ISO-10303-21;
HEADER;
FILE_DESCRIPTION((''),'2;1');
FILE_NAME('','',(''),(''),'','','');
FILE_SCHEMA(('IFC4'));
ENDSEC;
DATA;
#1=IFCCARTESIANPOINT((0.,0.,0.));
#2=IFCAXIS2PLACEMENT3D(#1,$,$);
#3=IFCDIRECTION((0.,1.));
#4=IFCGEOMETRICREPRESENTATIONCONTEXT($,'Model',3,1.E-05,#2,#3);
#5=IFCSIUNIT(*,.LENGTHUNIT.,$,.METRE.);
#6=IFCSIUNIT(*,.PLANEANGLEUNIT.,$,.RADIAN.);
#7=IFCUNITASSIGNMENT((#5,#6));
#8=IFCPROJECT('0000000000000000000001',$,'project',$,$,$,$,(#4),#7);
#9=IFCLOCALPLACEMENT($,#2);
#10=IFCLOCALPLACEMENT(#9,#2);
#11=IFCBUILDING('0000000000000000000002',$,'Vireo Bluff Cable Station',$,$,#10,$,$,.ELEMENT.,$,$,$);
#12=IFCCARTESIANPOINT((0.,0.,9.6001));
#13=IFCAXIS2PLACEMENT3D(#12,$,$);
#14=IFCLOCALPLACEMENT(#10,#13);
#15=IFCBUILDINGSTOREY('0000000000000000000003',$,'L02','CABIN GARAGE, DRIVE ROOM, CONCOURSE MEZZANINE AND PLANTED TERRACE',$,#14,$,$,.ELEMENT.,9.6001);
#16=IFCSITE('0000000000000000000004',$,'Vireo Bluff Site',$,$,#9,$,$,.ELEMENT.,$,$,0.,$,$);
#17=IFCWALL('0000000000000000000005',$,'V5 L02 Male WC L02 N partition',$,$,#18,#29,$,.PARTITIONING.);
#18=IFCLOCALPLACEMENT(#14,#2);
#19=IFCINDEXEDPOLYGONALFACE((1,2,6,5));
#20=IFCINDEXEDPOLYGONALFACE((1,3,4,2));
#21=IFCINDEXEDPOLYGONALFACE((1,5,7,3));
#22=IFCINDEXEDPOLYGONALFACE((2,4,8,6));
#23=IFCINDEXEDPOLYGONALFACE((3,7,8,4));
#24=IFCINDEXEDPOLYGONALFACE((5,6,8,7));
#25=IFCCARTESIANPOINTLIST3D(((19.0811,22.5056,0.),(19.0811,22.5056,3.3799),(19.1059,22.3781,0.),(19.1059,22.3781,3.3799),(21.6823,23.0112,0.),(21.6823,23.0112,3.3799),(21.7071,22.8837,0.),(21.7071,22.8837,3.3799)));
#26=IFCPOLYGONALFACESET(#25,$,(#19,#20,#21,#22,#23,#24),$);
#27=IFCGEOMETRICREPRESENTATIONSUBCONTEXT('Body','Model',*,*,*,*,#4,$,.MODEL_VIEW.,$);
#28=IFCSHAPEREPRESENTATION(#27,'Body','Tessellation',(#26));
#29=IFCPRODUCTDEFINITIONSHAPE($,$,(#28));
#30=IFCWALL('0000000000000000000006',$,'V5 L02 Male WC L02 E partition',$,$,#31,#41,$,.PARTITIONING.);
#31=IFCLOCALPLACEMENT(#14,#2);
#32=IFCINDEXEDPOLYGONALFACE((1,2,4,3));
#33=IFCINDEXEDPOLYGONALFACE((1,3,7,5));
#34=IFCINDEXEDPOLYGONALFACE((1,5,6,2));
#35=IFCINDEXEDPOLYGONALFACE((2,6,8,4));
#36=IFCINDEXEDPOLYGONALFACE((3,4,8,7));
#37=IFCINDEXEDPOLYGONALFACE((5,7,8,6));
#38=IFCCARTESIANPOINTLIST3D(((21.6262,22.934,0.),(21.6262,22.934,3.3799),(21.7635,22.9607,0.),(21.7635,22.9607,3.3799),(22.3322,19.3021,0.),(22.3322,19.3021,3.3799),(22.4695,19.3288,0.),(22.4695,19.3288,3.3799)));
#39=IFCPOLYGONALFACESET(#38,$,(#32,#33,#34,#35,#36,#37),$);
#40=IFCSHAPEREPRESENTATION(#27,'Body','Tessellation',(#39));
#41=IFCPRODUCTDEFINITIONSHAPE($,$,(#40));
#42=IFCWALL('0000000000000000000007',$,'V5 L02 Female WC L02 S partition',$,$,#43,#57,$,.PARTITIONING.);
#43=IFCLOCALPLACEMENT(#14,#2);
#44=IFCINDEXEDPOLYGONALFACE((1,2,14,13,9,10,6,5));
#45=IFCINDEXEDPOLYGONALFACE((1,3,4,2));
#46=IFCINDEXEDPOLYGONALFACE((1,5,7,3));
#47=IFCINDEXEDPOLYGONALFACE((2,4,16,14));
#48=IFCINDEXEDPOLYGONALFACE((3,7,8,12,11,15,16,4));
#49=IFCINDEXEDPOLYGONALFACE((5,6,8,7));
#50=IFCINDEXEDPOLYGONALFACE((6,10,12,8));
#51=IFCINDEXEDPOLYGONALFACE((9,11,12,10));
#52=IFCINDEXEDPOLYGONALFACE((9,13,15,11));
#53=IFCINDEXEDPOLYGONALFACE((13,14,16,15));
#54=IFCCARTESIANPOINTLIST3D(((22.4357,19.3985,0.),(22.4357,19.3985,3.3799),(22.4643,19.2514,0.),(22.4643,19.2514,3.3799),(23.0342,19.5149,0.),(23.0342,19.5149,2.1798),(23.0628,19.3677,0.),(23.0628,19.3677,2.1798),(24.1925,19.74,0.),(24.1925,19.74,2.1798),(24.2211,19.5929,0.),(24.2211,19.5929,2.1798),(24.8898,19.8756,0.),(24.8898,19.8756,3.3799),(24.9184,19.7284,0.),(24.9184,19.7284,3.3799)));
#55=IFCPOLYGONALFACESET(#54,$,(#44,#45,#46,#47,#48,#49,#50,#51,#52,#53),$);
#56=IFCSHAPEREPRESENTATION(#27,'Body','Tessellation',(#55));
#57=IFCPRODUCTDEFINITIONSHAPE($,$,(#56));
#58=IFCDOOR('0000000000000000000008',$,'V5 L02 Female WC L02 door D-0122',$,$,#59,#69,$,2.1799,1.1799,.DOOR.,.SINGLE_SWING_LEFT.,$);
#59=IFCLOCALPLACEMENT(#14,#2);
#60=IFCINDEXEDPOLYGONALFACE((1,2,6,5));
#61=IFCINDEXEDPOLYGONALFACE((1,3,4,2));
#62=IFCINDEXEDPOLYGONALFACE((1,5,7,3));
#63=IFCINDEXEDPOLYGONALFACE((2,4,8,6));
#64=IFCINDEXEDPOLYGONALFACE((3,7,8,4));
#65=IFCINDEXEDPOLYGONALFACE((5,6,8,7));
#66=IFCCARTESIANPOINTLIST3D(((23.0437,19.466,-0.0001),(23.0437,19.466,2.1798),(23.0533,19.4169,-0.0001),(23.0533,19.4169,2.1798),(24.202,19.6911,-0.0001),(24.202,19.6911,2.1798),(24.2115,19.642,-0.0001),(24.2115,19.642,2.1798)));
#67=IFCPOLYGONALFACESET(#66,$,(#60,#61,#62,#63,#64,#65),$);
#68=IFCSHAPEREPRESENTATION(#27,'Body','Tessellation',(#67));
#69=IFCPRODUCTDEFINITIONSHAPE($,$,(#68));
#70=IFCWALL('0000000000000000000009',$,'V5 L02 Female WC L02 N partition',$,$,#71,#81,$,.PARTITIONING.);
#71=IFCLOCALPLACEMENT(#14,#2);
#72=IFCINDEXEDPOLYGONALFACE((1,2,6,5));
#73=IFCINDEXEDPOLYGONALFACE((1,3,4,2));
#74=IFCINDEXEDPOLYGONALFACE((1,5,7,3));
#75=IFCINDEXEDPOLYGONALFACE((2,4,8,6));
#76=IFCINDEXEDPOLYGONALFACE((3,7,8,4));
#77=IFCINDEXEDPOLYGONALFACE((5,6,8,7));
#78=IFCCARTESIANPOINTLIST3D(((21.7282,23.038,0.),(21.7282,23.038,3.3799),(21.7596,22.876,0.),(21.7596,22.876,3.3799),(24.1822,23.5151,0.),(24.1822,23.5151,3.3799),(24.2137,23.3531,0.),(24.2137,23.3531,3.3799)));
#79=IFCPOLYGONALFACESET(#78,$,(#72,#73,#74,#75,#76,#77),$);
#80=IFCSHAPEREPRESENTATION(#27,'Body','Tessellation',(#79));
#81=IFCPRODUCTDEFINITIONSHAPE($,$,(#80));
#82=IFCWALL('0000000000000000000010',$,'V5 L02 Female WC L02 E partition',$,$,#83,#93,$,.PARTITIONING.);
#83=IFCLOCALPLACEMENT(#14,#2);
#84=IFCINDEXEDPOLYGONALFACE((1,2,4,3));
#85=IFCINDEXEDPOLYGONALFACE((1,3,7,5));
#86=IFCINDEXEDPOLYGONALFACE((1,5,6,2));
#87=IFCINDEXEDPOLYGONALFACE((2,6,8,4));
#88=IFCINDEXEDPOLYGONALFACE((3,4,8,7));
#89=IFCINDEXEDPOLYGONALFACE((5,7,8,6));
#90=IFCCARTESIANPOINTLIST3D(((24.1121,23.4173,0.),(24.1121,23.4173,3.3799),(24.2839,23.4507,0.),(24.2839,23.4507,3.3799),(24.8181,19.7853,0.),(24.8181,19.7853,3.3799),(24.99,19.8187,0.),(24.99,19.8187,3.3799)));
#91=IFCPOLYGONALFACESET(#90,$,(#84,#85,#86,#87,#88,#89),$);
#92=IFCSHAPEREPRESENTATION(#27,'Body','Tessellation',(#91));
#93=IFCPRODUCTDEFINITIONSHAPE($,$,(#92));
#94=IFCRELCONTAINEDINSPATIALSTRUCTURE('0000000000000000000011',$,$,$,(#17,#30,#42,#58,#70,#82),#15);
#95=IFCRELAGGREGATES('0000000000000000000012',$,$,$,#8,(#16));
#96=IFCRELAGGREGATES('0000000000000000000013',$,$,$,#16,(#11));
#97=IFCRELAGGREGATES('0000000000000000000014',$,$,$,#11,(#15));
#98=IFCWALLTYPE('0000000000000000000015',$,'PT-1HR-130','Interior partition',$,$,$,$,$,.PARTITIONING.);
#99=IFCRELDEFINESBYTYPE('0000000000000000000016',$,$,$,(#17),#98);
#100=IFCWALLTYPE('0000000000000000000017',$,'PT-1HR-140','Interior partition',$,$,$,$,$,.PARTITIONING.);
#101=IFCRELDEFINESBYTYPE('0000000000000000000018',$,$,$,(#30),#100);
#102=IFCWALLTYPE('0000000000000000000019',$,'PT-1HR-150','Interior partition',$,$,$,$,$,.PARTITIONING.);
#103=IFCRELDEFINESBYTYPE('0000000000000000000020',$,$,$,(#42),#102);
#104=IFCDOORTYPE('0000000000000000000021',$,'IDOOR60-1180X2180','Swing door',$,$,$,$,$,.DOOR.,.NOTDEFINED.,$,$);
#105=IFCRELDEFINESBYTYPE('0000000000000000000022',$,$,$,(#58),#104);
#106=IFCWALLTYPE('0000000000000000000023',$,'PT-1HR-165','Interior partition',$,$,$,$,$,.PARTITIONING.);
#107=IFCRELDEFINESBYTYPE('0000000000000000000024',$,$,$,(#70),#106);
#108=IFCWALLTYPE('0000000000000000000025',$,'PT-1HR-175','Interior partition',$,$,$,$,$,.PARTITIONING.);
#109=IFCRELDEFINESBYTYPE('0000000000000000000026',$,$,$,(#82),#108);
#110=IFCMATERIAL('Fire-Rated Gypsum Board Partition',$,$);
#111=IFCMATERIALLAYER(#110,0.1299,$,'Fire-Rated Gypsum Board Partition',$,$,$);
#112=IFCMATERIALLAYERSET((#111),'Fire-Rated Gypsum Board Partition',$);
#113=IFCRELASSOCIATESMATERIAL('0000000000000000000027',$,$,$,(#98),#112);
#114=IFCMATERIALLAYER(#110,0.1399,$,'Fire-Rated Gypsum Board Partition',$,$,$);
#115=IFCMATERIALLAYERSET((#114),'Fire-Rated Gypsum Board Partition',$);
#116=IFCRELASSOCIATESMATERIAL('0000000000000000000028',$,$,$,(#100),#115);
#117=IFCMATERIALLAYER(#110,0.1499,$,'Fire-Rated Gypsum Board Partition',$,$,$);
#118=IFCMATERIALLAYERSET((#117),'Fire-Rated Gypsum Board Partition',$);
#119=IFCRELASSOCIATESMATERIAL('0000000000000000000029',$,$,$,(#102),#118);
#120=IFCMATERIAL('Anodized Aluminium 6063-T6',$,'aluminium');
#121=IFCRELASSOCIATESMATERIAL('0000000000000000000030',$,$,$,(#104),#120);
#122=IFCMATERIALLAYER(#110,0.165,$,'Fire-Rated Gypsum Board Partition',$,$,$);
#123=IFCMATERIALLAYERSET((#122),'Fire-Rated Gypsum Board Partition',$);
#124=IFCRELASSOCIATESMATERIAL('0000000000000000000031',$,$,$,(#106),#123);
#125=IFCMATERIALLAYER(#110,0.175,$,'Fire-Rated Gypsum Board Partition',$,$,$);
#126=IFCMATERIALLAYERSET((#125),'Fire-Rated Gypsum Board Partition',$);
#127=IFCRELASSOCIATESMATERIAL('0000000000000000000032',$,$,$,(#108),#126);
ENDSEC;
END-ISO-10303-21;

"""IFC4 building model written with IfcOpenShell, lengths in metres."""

from ifc_helpers import new_model, si_unit, direction, frame, frame_2d, origin, origin_with_axes, place, context, subcontext, project, spatial, rectangle, extrude, material, layer, layer_set, type_object, element, fill, save


model = new_model("IFC4")

# Units and contexts
model_context = context("Model", 3, precision=1e-05, world=origin(), true_north=direction((0.0, 1.0)))
body_context = subcontext(model_context, "Body", "Model", "MODEL_VIEW")
ifc_project = project(units=[si_unit("LENGTHUNIT", "METRE"), si_unit("PLANEANGLEUNIT", "RADIAN")], contexts=[model_context])

# Site, building, storey
site_placement = place(None, origin())
site = spatial("IfcSite", under=ifc_project, at=site_placement, Name="Vireo Bluff Site", CompositionType="ELEMENT", RefElevation=0.0)
building_placement = place(site_placement, origin())
building = spatial("IfcBuilding", under=site, at=building_placement, Name="Vireo Bluff Cable Station", CompositionType="ELEMENT")
storey_placement = place(building_placement, frame((0.0, 0.0, 9.6001)))
storey = spatial("IfcBuildingStorey", under=building, at=storey_placement, Name="L02", Description="CABIN GARAGE, DRIVE ROOM, CONCOURSE MEZZANINE AND PLANTED TERRACE", CompositionType="ELEMENT", Elevation=9.6001)

# Shared definitions
ifc_material_1 = material(Name="Anodized Aluminium 6063-T6", Category="aluminium")

# Shared definitions
ifc_material_2 = material(Name="Fire-Rated Gypsum Board Partition")

# Walls
ifc_layer_1 = layer(ifc_material_2, 0.1299, Name="Fire-Rated Gypsum Board Partition")
ifc_layer_set_1 = layer_set([ifc_layer_1], Name="Fire-Rated Gypsum Board Partition")
wall_type_1 = type_object("IfcWallType", Name="PT-1HR-130", Description="Interior partition", PredefinedType="PARTITIONING", material=ifc_layer_set_1)
wall_1_placement = place(storey_placement, frame((19.0935, 22.4419, 0.0), z_axis=(0.0, 0.0, 1.0), x_axis=(0.981629, 0.190798, 0.0)))
element("IfcWall", 1, at=wall_1_placement, inside=storey, type_object=wall_type_1, Name="V5 L02 Male WC L02 N partition", PredefinedType="PARTITIONING", context=body_context, shape_type="SweptSolid", body=[
    extrude(rectangle(XDim=2.6499, YDim=0.1299, at=frame_2d((1.325, 0.0))), origin(), (0.0, 0.0, 1.0), 3.3799),
])
ifc_layer_2 = layer(ifc_material_2, 0.1399, Name="Fire-Rated Gypsum Board Partition")
ifc_layer_set_2 = layer_set([ifc_layer_2], Name="Fire-Rated Gypsum Board Partition")
wall_type_2 = type_object("IfcWallType", Name="PT-1HR-140", Description="Interior partition", PredefinedType="PARTITIONING", material=ifc_layer_set_2)
wall_2_placement = place(storey_placement, frame((21.6948, 22.9475, 0.0), z_axis=(0.0, 0.0, 1.0), x_axis=(0.190822, -0.981625, 0.0)))
element("IfcWall", 2, at=wall_2_placement, inside=storey, type_object=wall_type_2, Name="V5 L02 Male WC L02 E partition", PredefinedType="PARTITIONING", context=body_context, shape_type="SweptSolid", body=[
    extrude(rectangle(XDim=3.7, YDim=0.1399, at=frame_2d((1.8501, 0.0))), origin(), (0.0, 0.0, 1.0), 3.3799),
])

# Wall, opening, door
ifc_layer_3 = layer(ifc_material_2, 0.1499, Name="Fire-Rated Gypsum Board Partition")
ifc_layer_set_3 = layer_set([ifc_layer_3], Name="Fire-Rated Gypsum Board Partition")
wall_type_3 = type_object("IfcWallType", Name="PT-1HR-150", Description="Interior partition", PredefinedType="PARTITIONING", material=ifc_layer_set_3)
wall_3_placement = place(storey_placement, frame((24.9041, 19.802, 0.0), z_axis=(0.0, 0.0, 1.0), x_axis=(-0.981626, -0.190817, 0.0)))
wall_3 = element("IfcWall", 3, at=wall_3_placement, inside=storey, type_object=wall_type_3, Name="V5 L02 Female WC L02 S partition", PredefinedType="PARTITIONING", context=body_context, shape_type="SweptSolid", body=[
    extrude(rectangle(XDim=2.5, YDim=0.1499, at=frame_2d((1.25, 0.0))), origin(), (0.0, 0.0, 1.0), 3.3799),
])
opening_1_placement = place(wall_3_placement, frame((0.7104, 0.0, 0.0)))
opening_1 = element("IfcOpeningElement", 4, at=opening_1_placement, cuts=wall_3, PredefinedType="OPENING", context=body_context, shape_type="SweptSolid", body=[
    extrude(rectangle(XDim=1.1799, YDim=2.1799, at=frame_2d((0.5898, 1.0898))), frame((0.0, 0.085, 0.0), z_axis=(0.0, -1.0, 0.0), x_axis=(1.0, 0.0, 0.0)), (0.0, 0.0, 1.0), 0.1699),
])
door_type_1 = type_object("IfcDoorType", Name="IDOOR60-1180X2180", Description="Swing door", OperationType="NOTDEFINED", PredefinedType="DOOR", material=ifc_material_1)
door_1_placement = place(opening_1_placement, origin_with_axes())
door_1 = element("IfcDoor", 5, at=door_1_placement, inside=storey, type_object=door_type_1, Name="V5 L02 Female WC L02 door D-0122", OperationType="SINGLE_SWING_LEFT", OverallHeight=2.1799, OverallWidth=1.1799, PredefinedType="DOOR", context=body_context, shape_type="SweptSolid", body=[
    extrude(rectangle(XDim=1.1799, YDim=2.1799, at=frame_2d((0.5898, 1.0898))), frame((0.0, 0.0249, 0.0), z_axis=(0.0, -1.0, 0.0), x_axis=(1.0, 0.0, 0.0)), (0.0, 0.0, 1.0), 0.05),
])
fill(opening_1, door_1)

# Walls
ifc_layer_4 = layer(ifc_material_2, 0.165, Name="Fire-Rated Gypsum Board Partition")
ifc_layer_set_4 = layer_set([ifc_layer_4], Name="Fire-Rated Gypsum Board Partition")
wall_type_4 = type_object("IfcWallType", Name="PT-1HR-165", Description="Interior partition", PredefinedType="PARTITIONING", material=ifc_layer_set_4)
wall_4_placement = place(storey_placement, frame((21.7439, 22.957, 0.0), z_axis=(0.0, 0.0, 1.0), x_axis=(0.981626, 0.190817, 0.0)))
element("IfcWall", 6, at=wall_4_placement, inside=storey, type_object=wall_type_4, Name="V5 L02 Female WC L02 N partition", PredefinedType="PARTITIONING", context=body_context, shape_type="SweptSolid", body=[
    extrude(rectangle(XDim=2.5, YDim=0.165, at=frame_2d((1.25, 0.0))), origin(), (0.0, 0.0, 1.0), 3.3799),
])
ifc_layer_5 = layer(ifc_material_2, 0.175, Name="Fire-Rated Gypsum Board Partition")
ifc_layer_set_5 = layer_set([ifc_layer_5], Name="Fire-Rated Gypsum Board Partition")
wall_type_5 = type_object("IfcWallType", Name="PT-1HR-175", Description="Interior partition", PredefinedType="PARTITIONING", material=ifc_layer_set_5)
wall_5_placement = place(storey_placement, frame((24.198, 23.4341, 0.0), z_axis=(0.0, 0.0, 1.0), x_axis=(0.190822, -0.981625, 0.0)))
element("IfcWall", 7, at=wall_5_placement, inside=storey, type_object=wall_type_5, Name="V5 L02 Female WC L02 E partition", PredefinedType="PARTITIONING", context=body_context, shape_type="SweptSolid", body=[
    extrude(rectangle(XDim=3.7, YDim=0.175, at=frame_2d((1.8501, 0.0))), origin(), (0.0, 0.0, 1.0), 3.3799),
])

save(model, "model.ifc")
